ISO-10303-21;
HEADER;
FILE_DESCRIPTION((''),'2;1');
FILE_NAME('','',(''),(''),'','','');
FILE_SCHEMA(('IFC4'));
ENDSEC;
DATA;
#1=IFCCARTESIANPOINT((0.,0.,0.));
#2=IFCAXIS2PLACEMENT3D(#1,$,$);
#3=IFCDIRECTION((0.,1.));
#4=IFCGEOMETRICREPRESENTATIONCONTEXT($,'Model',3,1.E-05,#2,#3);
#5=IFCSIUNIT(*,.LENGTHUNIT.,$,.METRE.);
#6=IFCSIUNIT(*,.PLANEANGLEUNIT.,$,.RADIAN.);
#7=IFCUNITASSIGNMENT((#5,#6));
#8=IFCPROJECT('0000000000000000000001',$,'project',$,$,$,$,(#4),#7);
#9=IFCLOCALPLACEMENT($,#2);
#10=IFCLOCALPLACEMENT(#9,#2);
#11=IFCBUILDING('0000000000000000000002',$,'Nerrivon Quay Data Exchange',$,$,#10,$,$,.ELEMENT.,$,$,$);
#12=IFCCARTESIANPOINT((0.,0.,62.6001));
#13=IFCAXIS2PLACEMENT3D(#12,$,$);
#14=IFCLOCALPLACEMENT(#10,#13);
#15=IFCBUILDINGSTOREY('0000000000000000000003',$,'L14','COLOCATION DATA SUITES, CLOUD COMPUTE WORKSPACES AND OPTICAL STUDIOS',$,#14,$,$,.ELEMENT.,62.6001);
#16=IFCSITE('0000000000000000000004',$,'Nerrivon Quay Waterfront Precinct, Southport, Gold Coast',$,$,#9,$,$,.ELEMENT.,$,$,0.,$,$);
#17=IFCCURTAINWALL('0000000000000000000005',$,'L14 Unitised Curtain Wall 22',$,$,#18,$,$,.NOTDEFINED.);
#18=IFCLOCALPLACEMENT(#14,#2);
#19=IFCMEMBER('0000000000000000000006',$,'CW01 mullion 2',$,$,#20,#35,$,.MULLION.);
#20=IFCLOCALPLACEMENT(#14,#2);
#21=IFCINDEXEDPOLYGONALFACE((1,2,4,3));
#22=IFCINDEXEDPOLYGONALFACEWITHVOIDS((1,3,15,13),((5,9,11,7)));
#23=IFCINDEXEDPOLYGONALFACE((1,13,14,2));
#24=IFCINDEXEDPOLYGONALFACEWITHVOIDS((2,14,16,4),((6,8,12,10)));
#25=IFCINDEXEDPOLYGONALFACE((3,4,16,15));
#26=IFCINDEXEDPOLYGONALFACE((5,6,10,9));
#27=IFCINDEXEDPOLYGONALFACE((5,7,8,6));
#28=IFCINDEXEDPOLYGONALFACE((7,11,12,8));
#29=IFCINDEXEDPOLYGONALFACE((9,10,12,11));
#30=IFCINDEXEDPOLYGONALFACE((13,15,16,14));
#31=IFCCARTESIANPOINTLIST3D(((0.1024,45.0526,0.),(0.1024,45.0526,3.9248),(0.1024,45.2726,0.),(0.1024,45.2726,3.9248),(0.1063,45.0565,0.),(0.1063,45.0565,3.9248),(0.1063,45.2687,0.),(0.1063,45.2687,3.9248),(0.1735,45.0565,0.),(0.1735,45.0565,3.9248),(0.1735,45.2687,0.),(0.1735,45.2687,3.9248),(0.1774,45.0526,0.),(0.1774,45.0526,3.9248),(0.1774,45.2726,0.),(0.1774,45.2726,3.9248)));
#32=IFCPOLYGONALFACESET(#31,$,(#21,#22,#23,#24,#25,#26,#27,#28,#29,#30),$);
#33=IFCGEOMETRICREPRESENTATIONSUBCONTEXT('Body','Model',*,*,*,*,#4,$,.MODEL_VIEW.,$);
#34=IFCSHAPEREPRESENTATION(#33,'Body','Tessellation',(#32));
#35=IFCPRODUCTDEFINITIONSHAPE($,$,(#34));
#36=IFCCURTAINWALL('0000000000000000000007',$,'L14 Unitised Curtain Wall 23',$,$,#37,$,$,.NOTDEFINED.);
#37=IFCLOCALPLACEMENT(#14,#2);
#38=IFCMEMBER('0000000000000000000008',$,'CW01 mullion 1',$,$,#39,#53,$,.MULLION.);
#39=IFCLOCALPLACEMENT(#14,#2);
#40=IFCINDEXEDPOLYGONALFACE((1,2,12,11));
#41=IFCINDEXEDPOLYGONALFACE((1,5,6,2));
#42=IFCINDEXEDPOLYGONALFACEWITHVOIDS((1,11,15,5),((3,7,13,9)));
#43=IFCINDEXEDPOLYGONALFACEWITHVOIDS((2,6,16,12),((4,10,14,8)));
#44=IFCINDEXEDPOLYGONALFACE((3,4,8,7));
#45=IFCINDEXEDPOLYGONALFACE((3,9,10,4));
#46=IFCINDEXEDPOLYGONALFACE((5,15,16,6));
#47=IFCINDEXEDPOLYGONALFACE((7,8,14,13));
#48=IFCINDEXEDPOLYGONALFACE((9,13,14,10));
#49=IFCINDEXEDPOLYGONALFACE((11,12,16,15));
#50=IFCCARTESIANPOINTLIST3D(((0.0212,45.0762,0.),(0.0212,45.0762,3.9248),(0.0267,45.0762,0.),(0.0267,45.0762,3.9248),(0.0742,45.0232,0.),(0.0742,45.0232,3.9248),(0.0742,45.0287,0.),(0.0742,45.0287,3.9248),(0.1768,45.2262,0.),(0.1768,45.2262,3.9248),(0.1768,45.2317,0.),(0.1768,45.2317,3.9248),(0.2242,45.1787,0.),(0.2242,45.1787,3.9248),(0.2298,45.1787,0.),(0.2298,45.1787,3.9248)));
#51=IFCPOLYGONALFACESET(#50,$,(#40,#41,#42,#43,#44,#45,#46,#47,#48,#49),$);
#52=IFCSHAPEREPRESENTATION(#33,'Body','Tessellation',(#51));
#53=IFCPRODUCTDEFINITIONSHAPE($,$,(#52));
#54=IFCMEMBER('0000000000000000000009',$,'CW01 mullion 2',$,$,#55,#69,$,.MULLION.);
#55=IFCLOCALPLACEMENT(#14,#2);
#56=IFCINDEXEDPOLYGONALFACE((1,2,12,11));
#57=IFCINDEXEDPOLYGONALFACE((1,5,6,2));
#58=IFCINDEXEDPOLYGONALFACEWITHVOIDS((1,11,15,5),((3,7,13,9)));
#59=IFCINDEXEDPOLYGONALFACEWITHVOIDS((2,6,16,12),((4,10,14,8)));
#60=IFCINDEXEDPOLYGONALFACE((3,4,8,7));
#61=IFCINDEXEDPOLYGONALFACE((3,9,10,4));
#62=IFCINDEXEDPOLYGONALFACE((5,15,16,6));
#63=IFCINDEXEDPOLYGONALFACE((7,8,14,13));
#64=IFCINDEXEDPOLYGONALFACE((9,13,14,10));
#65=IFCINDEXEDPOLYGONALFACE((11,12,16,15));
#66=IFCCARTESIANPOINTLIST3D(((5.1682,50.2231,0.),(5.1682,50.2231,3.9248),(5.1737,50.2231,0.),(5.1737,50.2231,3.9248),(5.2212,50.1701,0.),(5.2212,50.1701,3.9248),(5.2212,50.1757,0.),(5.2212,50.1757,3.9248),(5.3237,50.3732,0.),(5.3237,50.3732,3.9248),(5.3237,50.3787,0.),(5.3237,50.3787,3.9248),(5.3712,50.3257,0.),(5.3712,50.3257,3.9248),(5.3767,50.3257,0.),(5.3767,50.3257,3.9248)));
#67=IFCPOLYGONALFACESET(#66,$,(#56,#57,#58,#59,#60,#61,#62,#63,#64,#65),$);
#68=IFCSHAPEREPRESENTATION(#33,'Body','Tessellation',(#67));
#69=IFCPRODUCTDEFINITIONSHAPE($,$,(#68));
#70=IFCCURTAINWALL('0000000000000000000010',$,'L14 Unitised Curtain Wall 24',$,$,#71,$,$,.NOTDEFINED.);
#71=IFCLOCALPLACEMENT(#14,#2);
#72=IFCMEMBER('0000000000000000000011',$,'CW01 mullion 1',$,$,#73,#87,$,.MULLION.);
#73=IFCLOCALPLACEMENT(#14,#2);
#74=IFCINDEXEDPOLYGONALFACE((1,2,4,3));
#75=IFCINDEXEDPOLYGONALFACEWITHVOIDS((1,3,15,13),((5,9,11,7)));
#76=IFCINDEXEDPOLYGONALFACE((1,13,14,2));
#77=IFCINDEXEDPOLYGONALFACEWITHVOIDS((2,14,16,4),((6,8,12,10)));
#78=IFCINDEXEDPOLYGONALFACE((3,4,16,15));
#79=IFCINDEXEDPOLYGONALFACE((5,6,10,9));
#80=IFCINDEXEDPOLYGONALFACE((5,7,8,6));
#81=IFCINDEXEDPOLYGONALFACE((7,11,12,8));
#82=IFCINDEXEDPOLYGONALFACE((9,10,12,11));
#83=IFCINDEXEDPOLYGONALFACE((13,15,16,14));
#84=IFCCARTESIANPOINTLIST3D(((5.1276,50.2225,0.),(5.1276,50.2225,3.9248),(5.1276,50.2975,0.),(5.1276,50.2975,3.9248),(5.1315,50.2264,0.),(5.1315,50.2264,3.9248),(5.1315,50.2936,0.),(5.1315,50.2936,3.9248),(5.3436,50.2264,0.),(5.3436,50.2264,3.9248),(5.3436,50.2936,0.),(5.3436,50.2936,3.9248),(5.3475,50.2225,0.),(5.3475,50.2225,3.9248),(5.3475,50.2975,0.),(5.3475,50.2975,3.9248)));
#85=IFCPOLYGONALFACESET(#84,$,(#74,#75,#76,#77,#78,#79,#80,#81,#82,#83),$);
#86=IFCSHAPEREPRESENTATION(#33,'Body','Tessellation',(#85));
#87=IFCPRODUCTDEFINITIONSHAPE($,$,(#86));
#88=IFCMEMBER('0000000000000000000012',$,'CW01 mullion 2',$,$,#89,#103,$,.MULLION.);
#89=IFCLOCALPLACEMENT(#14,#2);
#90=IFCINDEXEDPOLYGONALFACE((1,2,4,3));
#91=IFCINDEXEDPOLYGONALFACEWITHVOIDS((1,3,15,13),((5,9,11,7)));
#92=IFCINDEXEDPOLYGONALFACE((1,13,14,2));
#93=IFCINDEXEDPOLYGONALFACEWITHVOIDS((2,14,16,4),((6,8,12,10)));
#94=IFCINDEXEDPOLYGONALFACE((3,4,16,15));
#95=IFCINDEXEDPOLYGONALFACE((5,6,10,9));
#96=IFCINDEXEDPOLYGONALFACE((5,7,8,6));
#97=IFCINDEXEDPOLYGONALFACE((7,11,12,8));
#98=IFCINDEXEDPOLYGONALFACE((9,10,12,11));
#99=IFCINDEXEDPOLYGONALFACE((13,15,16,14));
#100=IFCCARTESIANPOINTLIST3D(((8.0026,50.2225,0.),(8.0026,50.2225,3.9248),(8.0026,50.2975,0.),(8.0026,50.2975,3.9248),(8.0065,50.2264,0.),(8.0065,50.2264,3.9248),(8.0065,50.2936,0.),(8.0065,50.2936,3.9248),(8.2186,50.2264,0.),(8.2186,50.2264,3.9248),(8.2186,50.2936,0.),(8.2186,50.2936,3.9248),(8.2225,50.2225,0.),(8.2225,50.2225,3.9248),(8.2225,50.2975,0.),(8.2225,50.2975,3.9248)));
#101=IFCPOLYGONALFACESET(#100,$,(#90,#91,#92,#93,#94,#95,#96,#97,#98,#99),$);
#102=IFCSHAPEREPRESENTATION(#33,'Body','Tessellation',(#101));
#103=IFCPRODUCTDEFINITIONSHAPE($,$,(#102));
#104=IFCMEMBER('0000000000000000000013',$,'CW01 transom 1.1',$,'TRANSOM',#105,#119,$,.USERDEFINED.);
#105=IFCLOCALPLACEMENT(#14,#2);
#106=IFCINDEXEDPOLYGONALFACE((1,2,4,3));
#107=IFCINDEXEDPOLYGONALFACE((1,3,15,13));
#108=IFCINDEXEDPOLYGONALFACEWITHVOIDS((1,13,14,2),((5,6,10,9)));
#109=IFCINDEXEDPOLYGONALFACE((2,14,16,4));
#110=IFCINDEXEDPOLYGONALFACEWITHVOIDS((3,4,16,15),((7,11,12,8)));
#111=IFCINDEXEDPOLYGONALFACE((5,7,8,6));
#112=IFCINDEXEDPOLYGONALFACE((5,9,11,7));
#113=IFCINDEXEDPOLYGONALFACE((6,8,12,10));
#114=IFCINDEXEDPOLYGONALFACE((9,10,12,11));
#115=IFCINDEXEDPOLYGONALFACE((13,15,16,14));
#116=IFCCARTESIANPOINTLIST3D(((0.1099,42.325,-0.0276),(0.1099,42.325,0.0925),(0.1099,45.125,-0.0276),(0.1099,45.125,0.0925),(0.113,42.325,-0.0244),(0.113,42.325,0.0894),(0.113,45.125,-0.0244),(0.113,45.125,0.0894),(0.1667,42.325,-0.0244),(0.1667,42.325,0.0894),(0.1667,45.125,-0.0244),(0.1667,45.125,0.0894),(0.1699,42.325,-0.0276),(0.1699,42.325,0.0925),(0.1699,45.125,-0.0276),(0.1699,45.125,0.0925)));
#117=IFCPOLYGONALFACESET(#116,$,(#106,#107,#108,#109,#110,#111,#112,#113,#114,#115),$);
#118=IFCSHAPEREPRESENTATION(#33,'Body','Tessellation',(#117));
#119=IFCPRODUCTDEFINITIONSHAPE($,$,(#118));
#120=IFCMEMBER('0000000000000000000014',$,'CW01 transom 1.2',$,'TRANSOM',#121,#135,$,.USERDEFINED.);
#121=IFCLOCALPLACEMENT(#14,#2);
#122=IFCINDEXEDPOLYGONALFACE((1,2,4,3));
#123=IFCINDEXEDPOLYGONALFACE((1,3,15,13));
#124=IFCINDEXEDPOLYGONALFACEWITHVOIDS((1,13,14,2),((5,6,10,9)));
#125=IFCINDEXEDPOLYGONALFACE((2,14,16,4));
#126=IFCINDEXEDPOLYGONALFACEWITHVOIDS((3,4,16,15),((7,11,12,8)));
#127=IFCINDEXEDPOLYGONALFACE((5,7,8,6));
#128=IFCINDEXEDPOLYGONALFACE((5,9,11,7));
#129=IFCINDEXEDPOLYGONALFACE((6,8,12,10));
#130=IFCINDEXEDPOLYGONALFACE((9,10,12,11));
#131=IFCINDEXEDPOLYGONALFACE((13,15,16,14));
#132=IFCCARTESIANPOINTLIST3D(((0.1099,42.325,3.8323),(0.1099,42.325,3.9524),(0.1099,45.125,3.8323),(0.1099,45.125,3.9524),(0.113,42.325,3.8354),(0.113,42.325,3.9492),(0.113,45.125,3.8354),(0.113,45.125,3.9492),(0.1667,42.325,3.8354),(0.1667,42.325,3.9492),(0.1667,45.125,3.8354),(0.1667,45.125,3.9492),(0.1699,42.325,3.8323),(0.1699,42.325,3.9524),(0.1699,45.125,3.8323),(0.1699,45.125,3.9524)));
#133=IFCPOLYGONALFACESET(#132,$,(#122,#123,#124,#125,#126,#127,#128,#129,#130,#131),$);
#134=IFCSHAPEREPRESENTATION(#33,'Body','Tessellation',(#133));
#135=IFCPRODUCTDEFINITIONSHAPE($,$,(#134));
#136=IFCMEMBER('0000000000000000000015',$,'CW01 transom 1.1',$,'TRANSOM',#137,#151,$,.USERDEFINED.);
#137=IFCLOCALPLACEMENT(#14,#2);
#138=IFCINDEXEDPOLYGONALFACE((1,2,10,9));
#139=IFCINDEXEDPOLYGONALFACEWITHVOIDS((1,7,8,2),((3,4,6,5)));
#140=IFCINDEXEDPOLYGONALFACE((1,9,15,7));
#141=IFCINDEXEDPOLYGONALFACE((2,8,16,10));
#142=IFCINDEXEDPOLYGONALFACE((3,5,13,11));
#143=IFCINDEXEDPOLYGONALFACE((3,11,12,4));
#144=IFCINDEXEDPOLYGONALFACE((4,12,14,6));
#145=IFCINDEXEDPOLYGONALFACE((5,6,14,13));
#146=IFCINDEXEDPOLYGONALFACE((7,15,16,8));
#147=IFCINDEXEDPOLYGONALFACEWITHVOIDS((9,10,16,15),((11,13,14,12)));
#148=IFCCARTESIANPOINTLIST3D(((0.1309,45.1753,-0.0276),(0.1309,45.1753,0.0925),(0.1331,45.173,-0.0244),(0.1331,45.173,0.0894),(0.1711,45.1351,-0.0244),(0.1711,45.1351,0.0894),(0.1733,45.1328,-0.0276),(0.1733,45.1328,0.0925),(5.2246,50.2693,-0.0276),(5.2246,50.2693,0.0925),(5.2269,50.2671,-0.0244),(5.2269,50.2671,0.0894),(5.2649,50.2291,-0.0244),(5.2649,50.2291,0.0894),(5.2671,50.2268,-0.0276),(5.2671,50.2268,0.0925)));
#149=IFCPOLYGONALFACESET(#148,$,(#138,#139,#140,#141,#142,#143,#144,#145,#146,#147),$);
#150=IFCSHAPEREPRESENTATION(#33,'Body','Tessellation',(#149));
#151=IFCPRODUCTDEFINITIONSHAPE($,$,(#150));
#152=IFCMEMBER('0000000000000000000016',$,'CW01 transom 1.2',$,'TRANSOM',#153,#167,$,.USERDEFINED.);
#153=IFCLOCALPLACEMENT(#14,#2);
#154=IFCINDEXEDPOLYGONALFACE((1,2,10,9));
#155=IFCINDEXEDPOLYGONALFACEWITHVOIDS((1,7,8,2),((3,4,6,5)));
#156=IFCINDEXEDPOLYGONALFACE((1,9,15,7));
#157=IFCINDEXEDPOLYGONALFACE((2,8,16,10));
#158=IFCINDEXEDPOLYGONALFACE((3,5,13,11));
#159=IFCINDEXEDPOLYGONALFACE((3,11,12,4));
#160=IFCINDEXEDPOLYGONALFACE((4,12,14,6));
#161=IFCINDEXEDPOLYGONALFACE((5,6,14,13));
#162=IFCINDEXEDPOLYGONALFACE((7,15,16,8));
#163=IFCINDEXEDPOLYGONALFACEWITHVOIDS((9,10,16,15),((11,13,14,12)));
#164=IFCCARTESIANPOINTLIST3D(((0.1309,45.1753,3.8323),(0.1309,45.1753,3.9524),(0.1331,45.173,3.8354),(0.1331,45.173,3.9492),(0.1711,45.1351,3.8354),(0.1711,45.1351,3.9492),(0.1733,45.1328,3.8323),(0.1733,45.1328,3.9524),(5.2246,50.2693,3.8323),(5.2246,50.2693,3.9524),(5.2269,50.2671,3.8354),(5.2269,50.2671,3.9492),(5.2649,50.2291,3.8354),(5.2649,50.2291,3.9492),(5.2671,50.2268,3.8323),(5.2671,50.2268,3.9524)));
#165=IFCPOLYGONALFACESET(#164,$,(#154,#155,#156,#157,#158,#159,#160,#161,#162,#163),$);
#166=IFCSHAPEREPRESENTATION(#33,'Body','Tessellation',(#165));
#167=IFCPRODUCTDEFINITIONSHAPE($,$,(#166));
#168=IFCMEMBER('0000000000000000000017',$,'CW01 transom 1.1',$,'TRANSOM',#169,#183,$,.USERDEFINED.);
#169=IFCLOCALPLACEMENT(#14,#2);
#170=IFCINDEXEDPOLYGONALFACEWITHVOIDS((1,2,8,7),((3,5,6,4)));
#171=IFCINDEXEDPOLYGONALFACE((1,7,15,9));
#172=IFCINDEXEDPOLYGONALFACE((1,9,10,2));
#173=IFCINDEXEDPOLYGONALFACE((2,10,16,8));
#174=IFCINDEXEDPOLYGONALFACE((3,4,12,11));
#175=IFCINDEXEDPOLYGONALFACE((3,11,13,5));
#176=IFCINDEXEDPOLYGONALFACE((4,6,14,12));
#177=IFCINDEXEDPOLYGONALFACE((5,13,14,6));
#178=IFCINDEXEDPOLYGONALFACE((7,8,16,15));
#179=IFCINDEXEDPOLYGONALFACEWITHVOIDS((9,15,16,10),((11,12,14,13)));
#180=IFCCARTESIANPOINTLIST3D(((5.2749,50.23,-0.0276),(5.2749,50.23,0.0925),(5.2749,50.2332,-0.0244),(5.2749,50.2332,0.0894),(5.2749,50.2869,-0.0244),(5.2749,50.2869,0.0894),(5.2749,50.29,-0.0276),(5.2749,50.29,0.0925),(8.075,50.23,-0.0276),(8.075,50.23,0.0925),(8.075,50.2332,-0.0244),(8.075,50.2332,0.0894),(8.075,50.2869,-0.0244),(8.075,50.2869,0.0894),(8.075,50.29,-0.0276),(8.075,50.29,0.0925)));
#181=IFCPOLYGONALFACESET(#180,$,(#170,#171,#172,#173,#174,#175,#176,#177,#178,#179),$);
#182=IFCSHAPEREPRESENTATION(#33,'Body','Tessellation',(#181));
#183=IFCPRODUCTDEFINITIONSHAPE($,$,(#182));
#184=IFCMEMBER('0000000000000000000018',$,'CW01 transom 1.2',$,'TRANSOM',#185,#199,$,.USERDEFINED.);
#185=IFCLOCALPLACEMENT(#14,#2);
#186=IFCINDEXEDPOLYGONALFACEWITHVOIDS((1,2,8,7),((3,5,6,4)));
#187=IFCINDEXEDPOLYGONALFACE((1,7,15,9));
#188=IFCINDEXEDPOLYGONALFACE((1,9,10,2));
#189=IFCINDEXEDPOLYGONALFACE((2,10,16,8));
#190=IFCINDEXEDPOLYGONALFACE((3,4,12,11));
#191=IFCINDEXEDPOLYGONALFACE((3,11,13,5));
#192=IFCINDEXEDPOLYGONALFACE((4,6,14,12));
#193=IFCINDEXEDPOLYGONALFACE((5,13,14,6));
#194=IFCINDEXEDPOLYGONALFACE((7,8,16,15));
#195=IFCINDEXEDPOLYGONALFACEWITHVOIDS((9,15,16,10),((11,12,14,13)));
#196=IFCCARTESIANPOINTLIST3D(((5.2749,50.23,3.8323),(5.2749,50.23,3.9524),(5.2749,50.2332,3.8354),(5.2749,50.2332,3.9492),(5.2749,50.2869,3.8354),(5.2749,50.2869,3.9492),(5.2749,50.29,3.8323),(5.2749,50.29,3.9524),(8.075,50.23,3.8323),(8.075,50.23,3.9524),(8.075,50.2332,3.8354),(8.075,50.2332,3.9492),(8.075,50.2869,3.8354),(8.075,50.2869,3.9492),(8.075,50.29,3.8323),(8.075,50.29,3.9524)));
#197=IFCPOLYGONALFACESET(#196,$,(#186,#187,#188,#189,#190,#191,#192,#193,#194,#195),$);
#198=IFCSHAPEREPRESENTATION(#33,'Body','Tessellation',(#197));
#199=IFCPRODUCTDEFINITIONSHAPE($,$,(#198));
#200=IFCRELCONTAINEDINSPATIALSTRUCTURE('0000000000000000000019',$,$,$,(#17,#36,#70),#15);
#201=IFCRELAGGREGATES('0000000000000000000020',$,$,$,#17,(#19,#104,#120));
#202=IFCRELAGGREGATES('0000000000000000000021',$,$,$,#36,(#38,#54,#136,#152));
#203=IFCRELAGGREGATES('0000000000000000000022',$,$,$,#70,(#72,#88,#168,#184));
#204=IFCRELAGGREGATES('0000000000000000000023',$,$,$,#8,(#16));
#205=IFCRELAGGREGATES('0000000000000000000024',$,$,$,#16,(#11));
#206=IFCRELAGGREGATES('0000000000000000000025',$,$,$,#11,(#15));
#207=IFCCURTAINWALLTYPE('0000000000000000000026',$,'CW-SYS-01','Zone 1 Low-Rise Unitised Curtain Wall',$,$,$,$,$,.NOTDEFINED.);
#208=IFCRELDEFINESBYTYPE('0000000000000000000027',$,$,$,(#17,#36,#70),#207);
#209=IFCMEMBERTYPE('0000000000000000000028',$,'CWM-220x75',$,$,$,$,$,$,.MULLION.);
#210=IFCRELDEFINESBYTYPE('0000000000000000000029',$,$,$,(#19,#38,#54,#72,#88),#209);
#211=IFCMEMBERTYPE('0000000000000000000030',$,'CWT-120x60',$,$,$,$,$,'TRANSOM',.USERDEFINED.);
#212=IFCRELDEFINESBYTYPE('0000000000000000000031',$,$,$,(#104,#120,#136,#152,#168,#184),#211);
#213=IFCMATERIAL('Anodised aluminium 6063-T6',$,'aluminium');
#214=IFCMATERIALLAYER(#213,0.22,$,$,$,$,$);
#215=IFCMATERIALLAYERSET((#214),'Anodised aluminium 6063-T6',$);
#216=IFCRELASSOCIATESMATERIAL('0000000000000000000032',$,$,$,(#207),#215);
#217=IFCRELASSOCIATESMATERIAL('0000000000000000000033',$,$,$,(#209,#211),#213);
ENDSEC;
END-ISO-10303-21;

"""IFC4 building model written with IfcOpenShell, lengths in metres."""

from ifc_helpers import new_model, si_unit, direction, frame, origin, origin_2d, place, context, subcontext, project, spatial, hollow_rectangle, extrude, material, layer, layer_set, material_profile, profile_set, type_object, element, aggregate, save


model = new_model("IFC4")

# Units and contexts
model_context = context("Model", 3, precision=1e-05, world=origin(), true_north=direction((0.0, 1.0)))
body_context = subcontext(model_context, "Body", "Model", "MODEL_VIEW")
ifc_project = project(units=[si_unit("LENGTHUNIT", "METRE"), si_unit("PLANEANGLEUNIT", "RADIAN")], contexts=[model_context])

# Site, building, storey
site_placement = place(None, origin())
site = spatial("IfcSite", under=ifc_project, at=site_placement, Name="Nerrivon Quay Waterfront Precinct, Southport, Gold Coast", CompositionType="ELEMENT", RefElevation=0.0)
building_placement = place(site_placement, origin())
building = spatial("IfcBuilding", under=site, at=building_placement, Name="Nerrivon Quay Data Exchange", CompositionType="ELEMENT")
storey_placement = place(building_placement, frame((0.0, 0.0, 62.6001)))
storey = spatial("IfcBuildingStorey", under=building, at=storey_placement, Name="L14", Description="COLOCATION DATA SUITES, CLOUD COMPUTE WORKSPACES AND OPTICAL STUDIOS", CompositionType="ELEMENT", Elevation=62.6001)

# Shared definitions
ifc_material_1 = material(Name="Anodised aluminium 6063-T6", Category="aluminium")
ifc_layer_1 = layer(ifc_material_1, 0.22)
ifc_layer_set_1 = layer_set([ifc_layer_1], Name="Anodised aluminium 6063-T6")
curtain_wall_type = type_object("IfcCurtainWallType", Name="CW-SYS-01", Description="Zone 1 Low-Rise Unitised Curtain Wall", PredefinedType="NOTDEFINED", material=ifc_layer_set_1)
ifc_material_profile_1 = material_profile(ifc_material_1, hollow_rectangle(XDim=0.075, YDim=0.22, WallThickness=0.0039, at=origin_2d()), Name="ALU-MULL-220x75")
ifc_profile_set_1 = profile_set([ifc_material_profile_1], Name="Anodised aluminium 6063-T6")
member_type_1 = type_object("IfcMemberType", Name="CWM-220x75", PredefinedType="MULLION", material=ifc_profile_set_1)

# Curtain walls, members
curtain_wall_1_placement = place(storey_placement, origin())
curtain_wall_1 = element("IfcCurtainWall", 1, at=curtain_wall_1_placement, inside=storey, type_object=curtain_wall_type, Name="L14 Unitised Curtain Wall 22", PredefinedType="NOTDEFINED")
member_1_placement = place(storey_placement, frame((0.1399, 45.1626, 0.0), z_axis=(0.0, 0.0, 1.0), x_axis=(-1.0, 0.0, 0.0)))
member_1 = element("IfcMember", 2, at=member_1_placement, type_object=member_type_1, Name="CW01 mullion 2", PredefinedType="MULLION", context=body_context, shape_type="SweptSolid", body=[
    extrude(hollow_rectangle(XDim=0.075, YDim=0.22, WallThickness=0.0039, at=origin_2d()), origin(), (0.0, 0.0, 1.0), 3.9248),
])
curtain_wall_2_placement = place(storey_placement, origin())
curtain_wall_2 = element("IfcCurtainWall", 3, at=curtain_wall_2_placement, inside=storey, type_object=curtain_wall_type, Name="L14 Unitised Curtain Wall 23", PredefinedType="NOTDEFINED")
member_2_placement = place(storey_placement, frame((0.1255, 45.1274, 0.0), z_axis=(0.0, 0.0, 1.0), x_axis=(-0.707107, 0.707107, 0.0)))
member_2 = element("IfcMember", 4, at=member_2_placement, type_object=member_type_1, Name="CW01 mullion 1", PredefinedType="MULLION", context=body_context, shape_type="SweptSolid", body=[
    extrude(hollow_rectangle(XDim=0.075, YDim=0.22, WallThickness=0.0039, at=origin_2d()), origin(), (0.0, 0.0, 1.0), 3.9248),
])
member_3_placement = place(storey_placement, frame((5.2725, 50.2744, 0.0), z_axis=(0.0, 0.0, 1.0), x_axis=(-0.707107, 0.707107, 0.0)))
member_3 = element("IfcMember", 5, at=member_3_placement, type_object=member_type_1, Name="CW01 mullion 2", PredefinedType="MULLION", context=body_context, shape_type="SweptSolid", body=[
    extrude(hollow_rectangle(XDim=0.075, YDim=0.22, WallThickness=0.0039, at=origin_2d()), origin(), (0.0, 0.0, 1.0), 3.9248),
])
curtain_wall_3_placement = place(storey_placement, origin())
curtain_wall_3 = element("IfcCurtainWall", 6, at=curtain_wall_3_placement, inside=storey, type_object=curtain_wall_type, Name="L14 Unitised Curtain Wall 24", PredefinedType="NOTDEFINED")
member_4_placement = place(storey_placement, frame((5.2375, 50.26, 0.0), z_axis=(0.0, 0.0, 1.0), x_axis=(0.0, 1.0, 0.0)))
member_4 = element("IfcMember", 7, at=member_4_placement, type_object=member_type_1, Name="CW01 mullion 1", PredefinedType="MULLION", context=body_context, shape_type="SweptSolid", body=[
    extrude(hollow_rectangle(XDim=0.075, YDim=0.22, WallThickness=0.0039, at=origin_2d()), origin(), (0.0, 0.0, 1.0), 3.9248),
])
member_5_placement = place(storey_placement, frame((8.1125, 50.26, 0.0), z_axis=(0.0, 0.0, 1.0), x_axis=(0.0, 1.0, 0.0)))
member_5 = element("IfcMember", 8, at=member_5_placement, type_object=member_type_1, Name="CW01 mullion 2", PredefinedType="MULLION", context=body_context, shape_type="SweptSolid", body=[
    extrude(hollow_rectangle(XDim=0.075, YDim=0.22, WallThickness=0.0039, at=origin_2d()), origin(), (0.0, 0.0, 1.0), 3.9248),
])

# Members
ifc_material_profile_2 = material_profile(ifc_material_1, hollow_rectangle(XDim=0.0601, YDim=0.1201, WallThickness=0.0032, at=origin_2d()), Name="ALU-TRAN-120x60")
ifc_profile_set_2 = profile_set([ifc_material_profile_2], Name="Anodised aluminium 6063-T6")
member_type_2 = type_object("IfcMemberType", Name="CWT-120x60", ElementType="TRANSOM", PredefinedType="USERDEFINED", material=ifc_profile_set_2)
member_6_placement = place(storey_placement, frame((0.1399, 42.325, 0.0325), z_axis=(0.0, 1.0, 0.0), x_axis=(-1.0, 0.0, 0.0)))
member_6 = element("IfcMember", 9, at=member_6_placement, type_object=member_type_2, Name="CW01 transom 1.1", ObjectType="TRANSOM", PredefinedType="USERDEFINED", context=body_context, shape_type="SweptSolid", body=[
    extrude(hollow_rectangle(XDim=0.0601, YDim=0.1201, WallThickness=0.0032, at=origin_2d()), origin(), (0.0, 0.0, 1.0), 2.8),
])
member_7_placement = place(storey_placement, frame((0.1399, 42.325, 3.8923), z_axis=(0.0, 1.0, 0.0), x_axis=(-1.0, 0.0, 0.0)))
member_7 = element("IfcMember", 10, at=member_7_placement, type_object=member_type_2, Name="CW01 transom 1.2", ObjectType="TRANSOM", PredefinedType="USERDEFINED", context=body_context, shape_type="SweptSolid", body=[
    extrude(hollow_rectangle(XDim=0.0601, YDim=0.1201, WallThickness=0.0032, at=origin_2d()), origin(), (0.0, 0.0, 1.0), 2.8),
])
member_8_placement = place(storey_placement, frame((0.1521, 45.1541, 0.0325), z_axis=(0.70709, 0.707124, 0.0), x_axis=(-0.707124, 0.70709, 0.0)))
member_8 = element("IfcMember", 11, at=member_8_placement, type_object=member_type_2, Name="CW01 transom 1.1", ObjectType="TRANSOM", PredefinedType="USERDEFINED", context=body_context, shape_type="SweptSolid", body=[
    extrude(hollow_rectangle(XDim=0.0601, YDim=0.1201, WallThickness=0.0032, at=origin_2d()), origin(), (0.0, 0.0, 1.0), 7.2039),
])
member_9_placement = place(storey_placement, frame((0.1521, 45.1541, 3.8923), z_axis=(0.70709, 0.707124, 0.0), x_axis=(-0.707124, 0.70709, 0.0)))
member_9 = element("IfcMember", 12, at=member_9_placement, type_object=member_type_2, Name="CW01 transom 1.2", ObjectType="TRANSOM", PredefinedType="USERDEFINED", context=body_context, shape_type="SweptSolid", body=[
    extrude(hollow_rectangle(XDim=0.0601, YDim=0.1201, WallThickness=0.0032, at=origin_2d()), origin(), (0.0, 0.0, 1.0), 7.2039),
])
member_10_placement = place(storey_placement, frame((5.2749, 50.26, 0.0325), z_axis=(1.0, 0.0, 0.0), x_axis=(0.0, 1.0, 0.0)))
member_10 = element("IfcMember", 13, at=member_10_placement, type_object=member_type_2, Name="CW01 transom 1.1", ObjectType="TRANSOM", PredefinedType="USERDEFINED", context=body_context, shape_type="SweptSolid", body=[
    extrude(hollow_rectangle(XDim=0.0601, YDim=0.1201, WallThickness=0.0032, at=origin_2d()), origin(), (0.0, 0.0, 1.0), 2.8),
])
member_11_placement = place(storey_placement, frame((5.2749, 50.26, 3.8923), z_axis=(1.0, 0.0, 0.0), x_axis=(0.0, 1.0, 0.0)))
member_11 = element("IfcMember", 14, at=member_11_placement, type_object=member_type_2, Name="CW01 transom 1.2", ObjectType="TRANSOM", PredefinedType="USERDEFINED", context=body_context, shape_type="SweptSolid", body=[
    extrude(hollow_rectangle(XDim=0.0601, YDim=0.1201, WallThickness=0.0032, at=origin_2d()), origin(), (0.0, 0.0, 1.0), 2.8),
])

aggregate(curtain_wall_1, [member_1, member_6, member_7])
aggregate(curtain_wall_2, [member_2, member_3, member_8, member_9])
aggregate(curtain_wall_3, [member_4, member_5, member_10, member_11])

save(model, "model.ifc")
